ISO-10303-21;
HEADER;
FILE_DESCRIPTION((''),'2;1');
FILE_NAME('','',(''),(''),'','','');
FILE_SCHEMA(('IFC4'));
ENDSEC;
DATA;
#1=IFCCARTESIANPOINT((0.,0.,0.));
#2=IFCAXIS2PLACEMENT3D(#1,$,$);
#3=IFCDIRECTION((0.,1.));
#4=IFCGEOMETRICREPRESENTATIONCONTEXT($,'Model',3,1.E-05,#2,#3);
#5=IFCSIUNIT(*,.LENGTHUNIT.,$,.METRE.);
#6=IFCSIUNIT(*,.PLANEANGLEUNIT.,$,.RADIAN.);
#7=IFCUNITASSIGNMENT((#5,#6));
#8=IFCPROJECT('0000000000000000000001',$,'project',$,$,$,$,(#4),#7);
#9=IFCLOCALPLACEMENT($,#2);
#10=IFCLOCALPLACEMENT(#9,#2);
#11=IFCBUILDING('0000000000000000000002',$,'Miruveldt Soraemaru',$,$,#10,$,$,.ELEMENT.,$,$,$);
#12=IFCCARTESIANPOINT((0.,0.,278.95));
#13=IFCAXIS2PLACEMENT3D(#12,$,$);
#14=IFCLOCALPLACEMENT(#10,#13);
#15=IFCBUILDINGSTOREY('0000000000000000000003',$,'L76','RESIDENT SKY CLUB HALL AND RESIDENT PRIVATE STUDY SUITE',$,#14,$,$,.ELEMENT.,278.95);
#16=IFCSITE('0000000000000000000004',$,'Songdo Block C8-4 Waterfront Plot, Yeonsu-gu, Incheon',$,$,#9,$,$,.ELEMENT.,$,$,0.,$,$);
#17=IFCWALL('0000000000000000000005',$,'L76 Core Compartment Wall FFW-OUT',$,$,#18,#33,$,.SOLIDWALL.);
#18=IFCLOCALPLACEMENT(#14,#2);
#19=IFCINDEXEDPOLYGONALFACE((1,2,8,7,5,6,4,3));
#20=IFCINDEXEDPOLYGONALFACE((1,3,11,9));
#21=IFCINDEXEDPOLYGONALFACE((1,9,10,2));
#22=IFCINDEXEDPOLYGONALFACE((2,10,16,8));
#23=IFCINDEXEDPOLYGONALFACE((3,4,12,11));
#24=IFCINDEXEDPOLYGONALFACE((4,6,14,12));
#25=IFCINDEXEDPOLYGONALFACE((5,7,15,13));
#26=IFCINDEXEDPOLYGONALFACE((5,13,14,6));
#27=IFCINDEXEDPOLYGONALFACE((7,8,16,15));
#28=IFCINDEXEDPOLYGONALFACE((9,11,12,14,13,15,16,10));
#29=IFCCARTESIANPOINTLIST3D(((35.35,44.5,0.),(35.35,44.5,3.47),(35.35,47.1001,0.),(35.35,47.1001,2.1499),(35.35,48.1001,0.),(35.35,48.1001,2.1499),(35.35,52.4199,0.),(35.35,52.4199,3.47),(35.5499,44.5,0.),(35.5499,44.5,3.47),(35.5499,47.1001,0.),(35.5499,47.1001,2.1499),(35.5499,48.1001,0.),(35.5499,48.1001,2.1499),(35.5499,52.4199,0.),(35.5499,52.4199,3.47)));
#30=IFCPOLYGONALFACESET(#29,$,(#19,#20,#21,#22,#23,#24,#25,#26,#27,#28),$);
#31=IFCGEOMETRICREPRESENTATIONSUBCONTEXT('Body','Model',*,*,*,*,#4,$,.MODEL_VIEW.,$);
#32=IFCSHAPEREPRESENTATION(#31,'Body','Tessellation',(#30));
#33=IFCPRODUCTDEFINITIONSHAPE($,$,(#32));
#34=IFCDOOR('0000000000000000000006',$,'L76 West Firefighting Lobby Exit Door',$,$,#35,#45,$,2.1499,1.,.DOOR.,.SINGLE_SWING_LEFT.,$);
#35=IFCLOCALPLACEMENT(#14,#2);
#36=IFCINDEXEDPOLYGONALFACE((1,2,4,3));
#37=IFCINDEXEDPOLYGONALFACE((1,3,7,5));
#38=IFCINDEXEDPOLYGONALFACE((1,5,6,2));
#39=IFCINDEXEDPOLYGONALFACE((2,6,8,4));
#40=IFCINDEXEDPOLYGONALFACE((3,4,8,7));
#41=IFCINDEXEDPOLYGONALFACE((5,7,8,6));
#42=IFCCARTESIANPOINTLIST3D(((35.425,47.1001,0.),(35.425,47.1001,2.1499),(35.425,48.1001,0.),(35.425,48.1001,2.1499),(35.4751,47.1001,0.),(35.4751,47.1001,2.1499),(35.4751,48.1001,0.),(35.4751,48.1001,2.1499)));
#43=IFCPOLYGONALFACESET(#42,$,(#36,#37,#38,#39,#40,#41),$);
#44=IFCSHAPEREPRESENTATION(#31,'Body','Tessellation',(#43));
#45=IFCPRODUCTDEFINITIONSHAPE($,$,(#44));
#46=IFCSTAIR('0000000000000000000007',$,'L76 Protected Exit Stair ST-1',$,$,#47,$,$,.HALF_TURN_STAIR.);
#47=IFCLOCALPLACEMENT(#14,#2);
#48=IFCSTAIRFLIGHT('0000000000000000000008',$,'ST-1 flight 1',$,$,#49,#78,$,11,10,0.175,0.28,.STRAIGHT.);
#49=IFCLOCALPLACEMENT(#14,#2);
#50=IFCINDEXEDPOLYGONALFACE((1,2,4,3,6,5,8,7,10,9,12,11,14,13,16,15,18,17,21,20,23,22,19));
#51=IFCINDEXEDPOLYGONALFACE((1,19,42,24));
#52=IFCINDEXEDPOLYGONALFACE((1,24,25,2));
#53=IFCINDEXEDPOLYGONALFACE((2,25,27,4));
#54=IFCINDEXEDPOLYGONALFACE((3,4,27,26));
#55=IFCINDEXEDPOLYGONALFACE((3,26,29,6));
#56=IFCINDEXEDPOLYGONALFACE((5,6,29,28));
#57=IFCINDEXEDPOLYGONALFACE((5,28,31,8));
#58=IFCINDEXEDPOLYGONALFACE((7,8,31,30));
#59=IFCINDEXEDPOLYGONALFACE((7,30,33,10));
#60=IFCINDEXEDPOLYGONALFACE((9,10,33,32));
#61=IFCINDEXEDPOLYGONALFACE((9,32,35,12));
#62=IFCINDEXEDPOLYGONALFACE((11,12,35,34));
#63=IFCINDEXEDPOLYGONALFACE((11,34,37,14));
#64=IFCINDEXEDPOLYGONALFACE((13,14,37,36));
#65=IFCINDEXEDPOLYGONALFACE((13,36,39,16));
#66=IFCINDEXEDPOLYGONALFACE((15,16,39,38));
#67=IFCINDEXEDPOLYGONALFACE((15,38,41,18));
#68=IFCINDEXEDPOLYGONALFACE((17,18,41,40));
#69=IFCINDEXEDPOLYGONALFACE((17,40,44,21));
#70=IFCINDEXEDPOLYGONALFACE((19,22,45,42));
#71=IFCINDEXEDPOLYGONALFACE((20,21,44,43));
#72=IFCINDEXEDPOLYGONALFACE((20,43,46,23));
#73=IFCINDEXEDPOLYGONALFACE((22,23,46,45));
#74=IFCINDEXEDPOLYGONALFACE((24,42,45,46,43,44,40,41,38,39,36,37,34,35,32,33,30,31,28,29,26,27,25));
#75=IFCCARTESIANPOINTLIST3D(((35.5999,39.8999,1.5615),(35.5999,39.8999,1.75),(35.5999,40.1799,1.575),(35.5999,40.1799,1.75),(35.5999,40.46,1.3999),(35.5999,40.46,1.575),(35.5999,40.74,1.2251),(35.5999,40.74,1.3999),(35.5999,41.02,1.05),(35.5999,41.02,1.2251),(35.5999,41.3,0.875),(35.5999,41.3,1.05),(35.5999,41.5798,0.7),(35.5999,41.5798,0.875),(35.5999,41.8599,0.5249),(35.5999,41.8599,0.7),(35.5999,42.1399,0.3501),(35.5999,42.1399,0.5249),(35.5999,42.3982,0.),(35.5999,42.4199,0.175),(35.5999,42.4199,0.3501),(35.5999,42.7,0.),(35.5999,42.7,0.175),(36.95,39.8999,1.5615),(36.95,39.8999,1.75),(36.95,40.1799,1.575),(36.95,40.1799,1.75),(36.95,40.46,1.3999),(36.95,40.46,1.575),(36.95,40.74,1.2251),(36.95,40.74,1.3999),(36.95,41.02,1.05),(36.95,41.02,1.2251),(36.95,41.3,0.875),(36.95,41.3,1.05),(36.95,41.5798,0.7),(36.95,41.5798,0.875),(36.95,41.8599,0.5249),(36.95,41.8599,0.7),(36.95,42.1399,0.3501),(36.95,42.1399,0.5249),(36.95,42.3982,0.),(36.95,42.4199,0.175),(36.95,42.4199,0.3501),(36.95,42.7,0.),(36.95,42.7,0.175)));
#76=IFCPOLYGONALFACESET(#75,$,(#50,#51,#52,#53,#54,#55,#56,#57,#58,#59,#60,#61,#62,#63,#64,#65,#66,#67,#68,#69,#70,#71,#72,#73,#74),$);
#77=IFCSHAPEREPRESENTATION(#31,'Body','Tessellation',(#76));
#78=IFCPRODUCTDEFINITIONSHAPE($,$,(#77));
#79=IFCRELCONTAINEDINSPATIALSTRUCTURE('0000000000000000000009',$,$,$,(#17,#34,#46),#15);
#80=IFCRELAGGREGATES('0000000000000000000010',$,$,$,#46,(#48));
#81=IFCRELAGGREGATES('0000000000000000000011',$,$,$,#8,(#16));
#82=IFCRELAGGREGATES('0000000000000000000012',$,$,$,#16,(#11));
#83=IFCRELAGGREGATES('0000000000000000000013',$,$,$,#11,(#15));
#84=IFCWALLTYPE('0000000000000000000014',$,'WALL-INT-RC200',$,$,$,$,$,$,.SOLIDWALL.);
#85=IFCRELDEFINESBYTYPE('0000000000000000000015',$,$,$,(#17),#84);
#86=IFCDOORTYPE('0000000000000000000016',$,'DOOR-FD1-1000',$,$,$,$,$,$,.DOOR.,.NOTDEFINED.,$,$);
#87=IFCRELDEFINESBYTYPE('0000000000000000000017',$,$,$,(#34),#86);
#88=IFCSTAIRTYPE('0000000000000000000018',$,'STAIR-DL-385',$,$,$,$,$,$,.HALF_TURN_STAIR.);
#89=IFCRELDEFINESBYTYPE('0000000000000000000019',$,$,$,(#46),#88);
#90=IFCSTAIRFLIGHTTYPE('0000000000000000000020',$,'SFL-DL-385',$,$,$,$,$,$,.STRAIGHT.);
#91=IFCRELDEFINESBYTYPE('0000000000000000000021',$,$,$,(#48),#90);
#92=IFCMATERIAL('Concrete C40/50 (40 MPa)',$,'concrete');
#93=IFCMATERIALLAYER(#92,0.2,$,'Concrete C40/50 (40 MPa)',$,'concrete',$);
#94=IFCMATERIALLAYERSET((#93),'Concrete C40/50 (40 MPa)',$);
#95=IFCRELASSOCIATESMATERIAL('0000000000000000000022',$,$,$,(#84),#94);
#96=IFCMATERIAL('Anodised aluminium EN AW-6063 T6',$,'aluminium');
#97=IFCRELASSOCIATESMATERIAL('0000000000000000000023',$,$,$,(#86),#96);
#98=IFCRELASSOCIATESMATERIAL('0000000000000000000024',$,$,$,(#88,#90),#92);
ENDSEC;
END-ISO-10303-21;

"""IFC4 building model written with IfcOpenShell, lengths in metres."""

from ifc_helpers import new_model, si_unit, direction, frame, frame_2d, origin, place, context, subcontext, project, spatial, polyline, rectangle, outline, extrude, material, layer, layer_set, type_object, element, fill, aggregate, save


model = new_model("IFC4")

# Units and contexts
model_context = context("Model", 3, precision=1e-05, world=origin(), true_north=direction((0.0, 1.0)))
body_context = subcontext(model_context, "Body", "Model", "MODEL_VIEW")
ifc_project = project(units=[si_unit("LENGTHUNIT", "METRE"), si_unit("PLANEANGLEUNIT", "RADIAN")], contexts=[model_context])

# Site, building, storey
site_placement = place(None, origin())
site = spatial("IfcSite", under=ifc_project, at=site_placement, Name="Songdo Block C8-4 Waterfront Plot, Yeonsu-gu, Incheon", CompositionType="ELEMENT", RefElevation=0.0)
building_placement = place(site_placement, origin())
building = spatial("IfcBuilding", under=site, at=building_placement, Name="Miruveldt Soraemaru", CompositionType="ELEMENT")
storey_placement = place(building_placement, frame((0.0, 0.0, 278.95)))
storey = spatial("IfcBuildingStorey", under=building, at=storey_placement, Name="L76", Description="RESIDENT SKY CLUB HALL AND RESIDENT PRIVATE STUDY SUITE", CompositionType="ELEMENT", Elevation=278.95)

# Shared definitions
ifc_material_1 = material(Name="Concrete C40/50 (40 MPa)", Category="concrete")
ifc_material_2 = material(Name="Anodised aluminium EN AW-6063 T6", Category="aluminium")

# Wall, opening, door
ifc_layer_1 = layer(ifc_material_1, 0.2, Name="Concrete C40/50 (40 MPa)", Category="concrete")
ifc_layer_set_1 = layer_set([ifc_layer_1], Name="Concrete C40/50 (40 MPa)")
wall_type_1 = type_object("IfcWallType", Name="WALL-INT-RC200", PredefinedType="SOLIDWALL", material=ifc_layer_set_1)
wall_1_placement = place(storey_placement, frame((35.45, 44.5, 0.0), z_axis=(0.0, 0.0, 1.0), x_axis=(0.0, 1.0, 0.0)))
wall_1 = element("IfcWall", 1, at=wall_1_placement, inside=storey, type_object=wall_type_1, Name="L76 Core Compartment Wall FFW-OUT", PredefinedType="SOLIDWALL", context=body_context, shape_type="SweptSolid", body=[
    extrude(rectangle(XDim=7.9199, YDim=0.2, at=frame_2d((3.96, 0.0))), origin(), (0.0, 0.0, 1.0), 3.47),
])
opening_1_placement = place(wall_1_placement, frame((2.6001, 0.0, 0.0)))
opening_1 = element("IfcOpeningElement", 2, at=opening_1_placement, cuts=wall_1, PredefinedType="OPENING", context=body_context, shape_type="SweptSolid", body=[
    extrude(rectangle(XDim=1.0, YDim=2.1499, at=frame_2d((0.5, 1.075))), frame((0.0, 0.1099, 0.0), z_axis=(0.0, -1.0, 0.0), x_axis=(1.0, 0.0, 0.0)), (0.0, 0.0, 1.0), 0.22),
])
door_type_1 = type_object("IfcDoorType", Name="DOOR-FD1-1000", OperationType="NOTDEFINED", PredefinedType="DOOR", material=ifc_material_2)
door_1_placement = place(opening_1_placement, origin())
door_1 = element("IfcDoor", 3, at=door_1_placement, inside=storey, type_object=door_type_1, Name="L76 West Firefighting Lobby Exit Door", OperationType="SINGLE_SWING_LEFT", OverallHeight=2.1499, OverallWidth=1.0, PredefinedType="DOOR", context=body_context, shape_type="SweptSolid", body=[
    extrude(rectangle(XDim=1.0, YDim=2.1499, at=frame_2d((0.5, 1.075))), frame((0.0, 0.0249, 0.0), z_axis=(0.0, -1.0, 0.0), x_axis=(1.0, 0.0, 0.0)), (0.0, 0.0, 1.0), 0.05),
])
fill(opening_1, door_1)

# Stair, stair flight
stair_type = type_object("IfcStairType", Name="STAIR-DL-385", PredefinedType="HALF_TURN_STAIR", material=ifc_material_1)
stair_placement = place(storey_placement, origin())
stair = element("IfcStair", 4, at=stair_placement, inside=storey, type_object=stair_type, Name="L76 Protected Exit Stair ST-1", PredefinedType="HALF_TURN_STAIR")
stair_flight_type = type_object("IfcStairFlightType", Name="SFL-DL-385", PredefinedType="STRAIGHT", material=ifc_material_1)
stair_flight_placement = place(storey_placement, frame((36.2749, 42.7, 0.0), z_axis=(0.0, 0.0, 1.0), x_axis=(0.0, -1.0, 0.0)))
stair_flight = element("IfcStairFlight", 5, at=stair_flight_placement, type_object=stair_flight_type, Name="ST-1 flight 1", NumberOfRisers=11, NumberOfTreads=10, PredefinedType="STRAIGHT", RiserHeight=0.175, TreadLength=0.28, context=body_context, shape_type="SweptSolid", body=[
    extrude(outline(polyline([(0.0, 0.0), (0.0, 0.175), (0.28, 0.175), (0.28, 0.3501), (0.5601, 0.3501), (0.5601, 0.5249), (0.8401, 0.5249), (0.8401, 0.7), (1.1201, 0.7), (1.1201, 0.875), (1.3999, 0.875), (1.3999, 1.05), (1.6799, 1.05), (1.6799, 1.2251), (1.96, 1.2251), (1.96, 1.3999), (2.24, 1.3999), (2.24, 1.575), (2.52, 1.575), (2.52, 1.75), (2.8, 1.75), (2.8, 1.925), (2.8, 1.5615), (0.3018, 0.0), (0.0, 0.0)])), frame((0.0, 0.675, 0.0), z_axis=(0.0, -1.0, 0.0), x_axis=(1.0, 0.0, 0.0)), (0.0, 0.0, 1.0), 1.3501),
])
aggregate(stair, [stair_flight])

save(model, "model.ifc")
